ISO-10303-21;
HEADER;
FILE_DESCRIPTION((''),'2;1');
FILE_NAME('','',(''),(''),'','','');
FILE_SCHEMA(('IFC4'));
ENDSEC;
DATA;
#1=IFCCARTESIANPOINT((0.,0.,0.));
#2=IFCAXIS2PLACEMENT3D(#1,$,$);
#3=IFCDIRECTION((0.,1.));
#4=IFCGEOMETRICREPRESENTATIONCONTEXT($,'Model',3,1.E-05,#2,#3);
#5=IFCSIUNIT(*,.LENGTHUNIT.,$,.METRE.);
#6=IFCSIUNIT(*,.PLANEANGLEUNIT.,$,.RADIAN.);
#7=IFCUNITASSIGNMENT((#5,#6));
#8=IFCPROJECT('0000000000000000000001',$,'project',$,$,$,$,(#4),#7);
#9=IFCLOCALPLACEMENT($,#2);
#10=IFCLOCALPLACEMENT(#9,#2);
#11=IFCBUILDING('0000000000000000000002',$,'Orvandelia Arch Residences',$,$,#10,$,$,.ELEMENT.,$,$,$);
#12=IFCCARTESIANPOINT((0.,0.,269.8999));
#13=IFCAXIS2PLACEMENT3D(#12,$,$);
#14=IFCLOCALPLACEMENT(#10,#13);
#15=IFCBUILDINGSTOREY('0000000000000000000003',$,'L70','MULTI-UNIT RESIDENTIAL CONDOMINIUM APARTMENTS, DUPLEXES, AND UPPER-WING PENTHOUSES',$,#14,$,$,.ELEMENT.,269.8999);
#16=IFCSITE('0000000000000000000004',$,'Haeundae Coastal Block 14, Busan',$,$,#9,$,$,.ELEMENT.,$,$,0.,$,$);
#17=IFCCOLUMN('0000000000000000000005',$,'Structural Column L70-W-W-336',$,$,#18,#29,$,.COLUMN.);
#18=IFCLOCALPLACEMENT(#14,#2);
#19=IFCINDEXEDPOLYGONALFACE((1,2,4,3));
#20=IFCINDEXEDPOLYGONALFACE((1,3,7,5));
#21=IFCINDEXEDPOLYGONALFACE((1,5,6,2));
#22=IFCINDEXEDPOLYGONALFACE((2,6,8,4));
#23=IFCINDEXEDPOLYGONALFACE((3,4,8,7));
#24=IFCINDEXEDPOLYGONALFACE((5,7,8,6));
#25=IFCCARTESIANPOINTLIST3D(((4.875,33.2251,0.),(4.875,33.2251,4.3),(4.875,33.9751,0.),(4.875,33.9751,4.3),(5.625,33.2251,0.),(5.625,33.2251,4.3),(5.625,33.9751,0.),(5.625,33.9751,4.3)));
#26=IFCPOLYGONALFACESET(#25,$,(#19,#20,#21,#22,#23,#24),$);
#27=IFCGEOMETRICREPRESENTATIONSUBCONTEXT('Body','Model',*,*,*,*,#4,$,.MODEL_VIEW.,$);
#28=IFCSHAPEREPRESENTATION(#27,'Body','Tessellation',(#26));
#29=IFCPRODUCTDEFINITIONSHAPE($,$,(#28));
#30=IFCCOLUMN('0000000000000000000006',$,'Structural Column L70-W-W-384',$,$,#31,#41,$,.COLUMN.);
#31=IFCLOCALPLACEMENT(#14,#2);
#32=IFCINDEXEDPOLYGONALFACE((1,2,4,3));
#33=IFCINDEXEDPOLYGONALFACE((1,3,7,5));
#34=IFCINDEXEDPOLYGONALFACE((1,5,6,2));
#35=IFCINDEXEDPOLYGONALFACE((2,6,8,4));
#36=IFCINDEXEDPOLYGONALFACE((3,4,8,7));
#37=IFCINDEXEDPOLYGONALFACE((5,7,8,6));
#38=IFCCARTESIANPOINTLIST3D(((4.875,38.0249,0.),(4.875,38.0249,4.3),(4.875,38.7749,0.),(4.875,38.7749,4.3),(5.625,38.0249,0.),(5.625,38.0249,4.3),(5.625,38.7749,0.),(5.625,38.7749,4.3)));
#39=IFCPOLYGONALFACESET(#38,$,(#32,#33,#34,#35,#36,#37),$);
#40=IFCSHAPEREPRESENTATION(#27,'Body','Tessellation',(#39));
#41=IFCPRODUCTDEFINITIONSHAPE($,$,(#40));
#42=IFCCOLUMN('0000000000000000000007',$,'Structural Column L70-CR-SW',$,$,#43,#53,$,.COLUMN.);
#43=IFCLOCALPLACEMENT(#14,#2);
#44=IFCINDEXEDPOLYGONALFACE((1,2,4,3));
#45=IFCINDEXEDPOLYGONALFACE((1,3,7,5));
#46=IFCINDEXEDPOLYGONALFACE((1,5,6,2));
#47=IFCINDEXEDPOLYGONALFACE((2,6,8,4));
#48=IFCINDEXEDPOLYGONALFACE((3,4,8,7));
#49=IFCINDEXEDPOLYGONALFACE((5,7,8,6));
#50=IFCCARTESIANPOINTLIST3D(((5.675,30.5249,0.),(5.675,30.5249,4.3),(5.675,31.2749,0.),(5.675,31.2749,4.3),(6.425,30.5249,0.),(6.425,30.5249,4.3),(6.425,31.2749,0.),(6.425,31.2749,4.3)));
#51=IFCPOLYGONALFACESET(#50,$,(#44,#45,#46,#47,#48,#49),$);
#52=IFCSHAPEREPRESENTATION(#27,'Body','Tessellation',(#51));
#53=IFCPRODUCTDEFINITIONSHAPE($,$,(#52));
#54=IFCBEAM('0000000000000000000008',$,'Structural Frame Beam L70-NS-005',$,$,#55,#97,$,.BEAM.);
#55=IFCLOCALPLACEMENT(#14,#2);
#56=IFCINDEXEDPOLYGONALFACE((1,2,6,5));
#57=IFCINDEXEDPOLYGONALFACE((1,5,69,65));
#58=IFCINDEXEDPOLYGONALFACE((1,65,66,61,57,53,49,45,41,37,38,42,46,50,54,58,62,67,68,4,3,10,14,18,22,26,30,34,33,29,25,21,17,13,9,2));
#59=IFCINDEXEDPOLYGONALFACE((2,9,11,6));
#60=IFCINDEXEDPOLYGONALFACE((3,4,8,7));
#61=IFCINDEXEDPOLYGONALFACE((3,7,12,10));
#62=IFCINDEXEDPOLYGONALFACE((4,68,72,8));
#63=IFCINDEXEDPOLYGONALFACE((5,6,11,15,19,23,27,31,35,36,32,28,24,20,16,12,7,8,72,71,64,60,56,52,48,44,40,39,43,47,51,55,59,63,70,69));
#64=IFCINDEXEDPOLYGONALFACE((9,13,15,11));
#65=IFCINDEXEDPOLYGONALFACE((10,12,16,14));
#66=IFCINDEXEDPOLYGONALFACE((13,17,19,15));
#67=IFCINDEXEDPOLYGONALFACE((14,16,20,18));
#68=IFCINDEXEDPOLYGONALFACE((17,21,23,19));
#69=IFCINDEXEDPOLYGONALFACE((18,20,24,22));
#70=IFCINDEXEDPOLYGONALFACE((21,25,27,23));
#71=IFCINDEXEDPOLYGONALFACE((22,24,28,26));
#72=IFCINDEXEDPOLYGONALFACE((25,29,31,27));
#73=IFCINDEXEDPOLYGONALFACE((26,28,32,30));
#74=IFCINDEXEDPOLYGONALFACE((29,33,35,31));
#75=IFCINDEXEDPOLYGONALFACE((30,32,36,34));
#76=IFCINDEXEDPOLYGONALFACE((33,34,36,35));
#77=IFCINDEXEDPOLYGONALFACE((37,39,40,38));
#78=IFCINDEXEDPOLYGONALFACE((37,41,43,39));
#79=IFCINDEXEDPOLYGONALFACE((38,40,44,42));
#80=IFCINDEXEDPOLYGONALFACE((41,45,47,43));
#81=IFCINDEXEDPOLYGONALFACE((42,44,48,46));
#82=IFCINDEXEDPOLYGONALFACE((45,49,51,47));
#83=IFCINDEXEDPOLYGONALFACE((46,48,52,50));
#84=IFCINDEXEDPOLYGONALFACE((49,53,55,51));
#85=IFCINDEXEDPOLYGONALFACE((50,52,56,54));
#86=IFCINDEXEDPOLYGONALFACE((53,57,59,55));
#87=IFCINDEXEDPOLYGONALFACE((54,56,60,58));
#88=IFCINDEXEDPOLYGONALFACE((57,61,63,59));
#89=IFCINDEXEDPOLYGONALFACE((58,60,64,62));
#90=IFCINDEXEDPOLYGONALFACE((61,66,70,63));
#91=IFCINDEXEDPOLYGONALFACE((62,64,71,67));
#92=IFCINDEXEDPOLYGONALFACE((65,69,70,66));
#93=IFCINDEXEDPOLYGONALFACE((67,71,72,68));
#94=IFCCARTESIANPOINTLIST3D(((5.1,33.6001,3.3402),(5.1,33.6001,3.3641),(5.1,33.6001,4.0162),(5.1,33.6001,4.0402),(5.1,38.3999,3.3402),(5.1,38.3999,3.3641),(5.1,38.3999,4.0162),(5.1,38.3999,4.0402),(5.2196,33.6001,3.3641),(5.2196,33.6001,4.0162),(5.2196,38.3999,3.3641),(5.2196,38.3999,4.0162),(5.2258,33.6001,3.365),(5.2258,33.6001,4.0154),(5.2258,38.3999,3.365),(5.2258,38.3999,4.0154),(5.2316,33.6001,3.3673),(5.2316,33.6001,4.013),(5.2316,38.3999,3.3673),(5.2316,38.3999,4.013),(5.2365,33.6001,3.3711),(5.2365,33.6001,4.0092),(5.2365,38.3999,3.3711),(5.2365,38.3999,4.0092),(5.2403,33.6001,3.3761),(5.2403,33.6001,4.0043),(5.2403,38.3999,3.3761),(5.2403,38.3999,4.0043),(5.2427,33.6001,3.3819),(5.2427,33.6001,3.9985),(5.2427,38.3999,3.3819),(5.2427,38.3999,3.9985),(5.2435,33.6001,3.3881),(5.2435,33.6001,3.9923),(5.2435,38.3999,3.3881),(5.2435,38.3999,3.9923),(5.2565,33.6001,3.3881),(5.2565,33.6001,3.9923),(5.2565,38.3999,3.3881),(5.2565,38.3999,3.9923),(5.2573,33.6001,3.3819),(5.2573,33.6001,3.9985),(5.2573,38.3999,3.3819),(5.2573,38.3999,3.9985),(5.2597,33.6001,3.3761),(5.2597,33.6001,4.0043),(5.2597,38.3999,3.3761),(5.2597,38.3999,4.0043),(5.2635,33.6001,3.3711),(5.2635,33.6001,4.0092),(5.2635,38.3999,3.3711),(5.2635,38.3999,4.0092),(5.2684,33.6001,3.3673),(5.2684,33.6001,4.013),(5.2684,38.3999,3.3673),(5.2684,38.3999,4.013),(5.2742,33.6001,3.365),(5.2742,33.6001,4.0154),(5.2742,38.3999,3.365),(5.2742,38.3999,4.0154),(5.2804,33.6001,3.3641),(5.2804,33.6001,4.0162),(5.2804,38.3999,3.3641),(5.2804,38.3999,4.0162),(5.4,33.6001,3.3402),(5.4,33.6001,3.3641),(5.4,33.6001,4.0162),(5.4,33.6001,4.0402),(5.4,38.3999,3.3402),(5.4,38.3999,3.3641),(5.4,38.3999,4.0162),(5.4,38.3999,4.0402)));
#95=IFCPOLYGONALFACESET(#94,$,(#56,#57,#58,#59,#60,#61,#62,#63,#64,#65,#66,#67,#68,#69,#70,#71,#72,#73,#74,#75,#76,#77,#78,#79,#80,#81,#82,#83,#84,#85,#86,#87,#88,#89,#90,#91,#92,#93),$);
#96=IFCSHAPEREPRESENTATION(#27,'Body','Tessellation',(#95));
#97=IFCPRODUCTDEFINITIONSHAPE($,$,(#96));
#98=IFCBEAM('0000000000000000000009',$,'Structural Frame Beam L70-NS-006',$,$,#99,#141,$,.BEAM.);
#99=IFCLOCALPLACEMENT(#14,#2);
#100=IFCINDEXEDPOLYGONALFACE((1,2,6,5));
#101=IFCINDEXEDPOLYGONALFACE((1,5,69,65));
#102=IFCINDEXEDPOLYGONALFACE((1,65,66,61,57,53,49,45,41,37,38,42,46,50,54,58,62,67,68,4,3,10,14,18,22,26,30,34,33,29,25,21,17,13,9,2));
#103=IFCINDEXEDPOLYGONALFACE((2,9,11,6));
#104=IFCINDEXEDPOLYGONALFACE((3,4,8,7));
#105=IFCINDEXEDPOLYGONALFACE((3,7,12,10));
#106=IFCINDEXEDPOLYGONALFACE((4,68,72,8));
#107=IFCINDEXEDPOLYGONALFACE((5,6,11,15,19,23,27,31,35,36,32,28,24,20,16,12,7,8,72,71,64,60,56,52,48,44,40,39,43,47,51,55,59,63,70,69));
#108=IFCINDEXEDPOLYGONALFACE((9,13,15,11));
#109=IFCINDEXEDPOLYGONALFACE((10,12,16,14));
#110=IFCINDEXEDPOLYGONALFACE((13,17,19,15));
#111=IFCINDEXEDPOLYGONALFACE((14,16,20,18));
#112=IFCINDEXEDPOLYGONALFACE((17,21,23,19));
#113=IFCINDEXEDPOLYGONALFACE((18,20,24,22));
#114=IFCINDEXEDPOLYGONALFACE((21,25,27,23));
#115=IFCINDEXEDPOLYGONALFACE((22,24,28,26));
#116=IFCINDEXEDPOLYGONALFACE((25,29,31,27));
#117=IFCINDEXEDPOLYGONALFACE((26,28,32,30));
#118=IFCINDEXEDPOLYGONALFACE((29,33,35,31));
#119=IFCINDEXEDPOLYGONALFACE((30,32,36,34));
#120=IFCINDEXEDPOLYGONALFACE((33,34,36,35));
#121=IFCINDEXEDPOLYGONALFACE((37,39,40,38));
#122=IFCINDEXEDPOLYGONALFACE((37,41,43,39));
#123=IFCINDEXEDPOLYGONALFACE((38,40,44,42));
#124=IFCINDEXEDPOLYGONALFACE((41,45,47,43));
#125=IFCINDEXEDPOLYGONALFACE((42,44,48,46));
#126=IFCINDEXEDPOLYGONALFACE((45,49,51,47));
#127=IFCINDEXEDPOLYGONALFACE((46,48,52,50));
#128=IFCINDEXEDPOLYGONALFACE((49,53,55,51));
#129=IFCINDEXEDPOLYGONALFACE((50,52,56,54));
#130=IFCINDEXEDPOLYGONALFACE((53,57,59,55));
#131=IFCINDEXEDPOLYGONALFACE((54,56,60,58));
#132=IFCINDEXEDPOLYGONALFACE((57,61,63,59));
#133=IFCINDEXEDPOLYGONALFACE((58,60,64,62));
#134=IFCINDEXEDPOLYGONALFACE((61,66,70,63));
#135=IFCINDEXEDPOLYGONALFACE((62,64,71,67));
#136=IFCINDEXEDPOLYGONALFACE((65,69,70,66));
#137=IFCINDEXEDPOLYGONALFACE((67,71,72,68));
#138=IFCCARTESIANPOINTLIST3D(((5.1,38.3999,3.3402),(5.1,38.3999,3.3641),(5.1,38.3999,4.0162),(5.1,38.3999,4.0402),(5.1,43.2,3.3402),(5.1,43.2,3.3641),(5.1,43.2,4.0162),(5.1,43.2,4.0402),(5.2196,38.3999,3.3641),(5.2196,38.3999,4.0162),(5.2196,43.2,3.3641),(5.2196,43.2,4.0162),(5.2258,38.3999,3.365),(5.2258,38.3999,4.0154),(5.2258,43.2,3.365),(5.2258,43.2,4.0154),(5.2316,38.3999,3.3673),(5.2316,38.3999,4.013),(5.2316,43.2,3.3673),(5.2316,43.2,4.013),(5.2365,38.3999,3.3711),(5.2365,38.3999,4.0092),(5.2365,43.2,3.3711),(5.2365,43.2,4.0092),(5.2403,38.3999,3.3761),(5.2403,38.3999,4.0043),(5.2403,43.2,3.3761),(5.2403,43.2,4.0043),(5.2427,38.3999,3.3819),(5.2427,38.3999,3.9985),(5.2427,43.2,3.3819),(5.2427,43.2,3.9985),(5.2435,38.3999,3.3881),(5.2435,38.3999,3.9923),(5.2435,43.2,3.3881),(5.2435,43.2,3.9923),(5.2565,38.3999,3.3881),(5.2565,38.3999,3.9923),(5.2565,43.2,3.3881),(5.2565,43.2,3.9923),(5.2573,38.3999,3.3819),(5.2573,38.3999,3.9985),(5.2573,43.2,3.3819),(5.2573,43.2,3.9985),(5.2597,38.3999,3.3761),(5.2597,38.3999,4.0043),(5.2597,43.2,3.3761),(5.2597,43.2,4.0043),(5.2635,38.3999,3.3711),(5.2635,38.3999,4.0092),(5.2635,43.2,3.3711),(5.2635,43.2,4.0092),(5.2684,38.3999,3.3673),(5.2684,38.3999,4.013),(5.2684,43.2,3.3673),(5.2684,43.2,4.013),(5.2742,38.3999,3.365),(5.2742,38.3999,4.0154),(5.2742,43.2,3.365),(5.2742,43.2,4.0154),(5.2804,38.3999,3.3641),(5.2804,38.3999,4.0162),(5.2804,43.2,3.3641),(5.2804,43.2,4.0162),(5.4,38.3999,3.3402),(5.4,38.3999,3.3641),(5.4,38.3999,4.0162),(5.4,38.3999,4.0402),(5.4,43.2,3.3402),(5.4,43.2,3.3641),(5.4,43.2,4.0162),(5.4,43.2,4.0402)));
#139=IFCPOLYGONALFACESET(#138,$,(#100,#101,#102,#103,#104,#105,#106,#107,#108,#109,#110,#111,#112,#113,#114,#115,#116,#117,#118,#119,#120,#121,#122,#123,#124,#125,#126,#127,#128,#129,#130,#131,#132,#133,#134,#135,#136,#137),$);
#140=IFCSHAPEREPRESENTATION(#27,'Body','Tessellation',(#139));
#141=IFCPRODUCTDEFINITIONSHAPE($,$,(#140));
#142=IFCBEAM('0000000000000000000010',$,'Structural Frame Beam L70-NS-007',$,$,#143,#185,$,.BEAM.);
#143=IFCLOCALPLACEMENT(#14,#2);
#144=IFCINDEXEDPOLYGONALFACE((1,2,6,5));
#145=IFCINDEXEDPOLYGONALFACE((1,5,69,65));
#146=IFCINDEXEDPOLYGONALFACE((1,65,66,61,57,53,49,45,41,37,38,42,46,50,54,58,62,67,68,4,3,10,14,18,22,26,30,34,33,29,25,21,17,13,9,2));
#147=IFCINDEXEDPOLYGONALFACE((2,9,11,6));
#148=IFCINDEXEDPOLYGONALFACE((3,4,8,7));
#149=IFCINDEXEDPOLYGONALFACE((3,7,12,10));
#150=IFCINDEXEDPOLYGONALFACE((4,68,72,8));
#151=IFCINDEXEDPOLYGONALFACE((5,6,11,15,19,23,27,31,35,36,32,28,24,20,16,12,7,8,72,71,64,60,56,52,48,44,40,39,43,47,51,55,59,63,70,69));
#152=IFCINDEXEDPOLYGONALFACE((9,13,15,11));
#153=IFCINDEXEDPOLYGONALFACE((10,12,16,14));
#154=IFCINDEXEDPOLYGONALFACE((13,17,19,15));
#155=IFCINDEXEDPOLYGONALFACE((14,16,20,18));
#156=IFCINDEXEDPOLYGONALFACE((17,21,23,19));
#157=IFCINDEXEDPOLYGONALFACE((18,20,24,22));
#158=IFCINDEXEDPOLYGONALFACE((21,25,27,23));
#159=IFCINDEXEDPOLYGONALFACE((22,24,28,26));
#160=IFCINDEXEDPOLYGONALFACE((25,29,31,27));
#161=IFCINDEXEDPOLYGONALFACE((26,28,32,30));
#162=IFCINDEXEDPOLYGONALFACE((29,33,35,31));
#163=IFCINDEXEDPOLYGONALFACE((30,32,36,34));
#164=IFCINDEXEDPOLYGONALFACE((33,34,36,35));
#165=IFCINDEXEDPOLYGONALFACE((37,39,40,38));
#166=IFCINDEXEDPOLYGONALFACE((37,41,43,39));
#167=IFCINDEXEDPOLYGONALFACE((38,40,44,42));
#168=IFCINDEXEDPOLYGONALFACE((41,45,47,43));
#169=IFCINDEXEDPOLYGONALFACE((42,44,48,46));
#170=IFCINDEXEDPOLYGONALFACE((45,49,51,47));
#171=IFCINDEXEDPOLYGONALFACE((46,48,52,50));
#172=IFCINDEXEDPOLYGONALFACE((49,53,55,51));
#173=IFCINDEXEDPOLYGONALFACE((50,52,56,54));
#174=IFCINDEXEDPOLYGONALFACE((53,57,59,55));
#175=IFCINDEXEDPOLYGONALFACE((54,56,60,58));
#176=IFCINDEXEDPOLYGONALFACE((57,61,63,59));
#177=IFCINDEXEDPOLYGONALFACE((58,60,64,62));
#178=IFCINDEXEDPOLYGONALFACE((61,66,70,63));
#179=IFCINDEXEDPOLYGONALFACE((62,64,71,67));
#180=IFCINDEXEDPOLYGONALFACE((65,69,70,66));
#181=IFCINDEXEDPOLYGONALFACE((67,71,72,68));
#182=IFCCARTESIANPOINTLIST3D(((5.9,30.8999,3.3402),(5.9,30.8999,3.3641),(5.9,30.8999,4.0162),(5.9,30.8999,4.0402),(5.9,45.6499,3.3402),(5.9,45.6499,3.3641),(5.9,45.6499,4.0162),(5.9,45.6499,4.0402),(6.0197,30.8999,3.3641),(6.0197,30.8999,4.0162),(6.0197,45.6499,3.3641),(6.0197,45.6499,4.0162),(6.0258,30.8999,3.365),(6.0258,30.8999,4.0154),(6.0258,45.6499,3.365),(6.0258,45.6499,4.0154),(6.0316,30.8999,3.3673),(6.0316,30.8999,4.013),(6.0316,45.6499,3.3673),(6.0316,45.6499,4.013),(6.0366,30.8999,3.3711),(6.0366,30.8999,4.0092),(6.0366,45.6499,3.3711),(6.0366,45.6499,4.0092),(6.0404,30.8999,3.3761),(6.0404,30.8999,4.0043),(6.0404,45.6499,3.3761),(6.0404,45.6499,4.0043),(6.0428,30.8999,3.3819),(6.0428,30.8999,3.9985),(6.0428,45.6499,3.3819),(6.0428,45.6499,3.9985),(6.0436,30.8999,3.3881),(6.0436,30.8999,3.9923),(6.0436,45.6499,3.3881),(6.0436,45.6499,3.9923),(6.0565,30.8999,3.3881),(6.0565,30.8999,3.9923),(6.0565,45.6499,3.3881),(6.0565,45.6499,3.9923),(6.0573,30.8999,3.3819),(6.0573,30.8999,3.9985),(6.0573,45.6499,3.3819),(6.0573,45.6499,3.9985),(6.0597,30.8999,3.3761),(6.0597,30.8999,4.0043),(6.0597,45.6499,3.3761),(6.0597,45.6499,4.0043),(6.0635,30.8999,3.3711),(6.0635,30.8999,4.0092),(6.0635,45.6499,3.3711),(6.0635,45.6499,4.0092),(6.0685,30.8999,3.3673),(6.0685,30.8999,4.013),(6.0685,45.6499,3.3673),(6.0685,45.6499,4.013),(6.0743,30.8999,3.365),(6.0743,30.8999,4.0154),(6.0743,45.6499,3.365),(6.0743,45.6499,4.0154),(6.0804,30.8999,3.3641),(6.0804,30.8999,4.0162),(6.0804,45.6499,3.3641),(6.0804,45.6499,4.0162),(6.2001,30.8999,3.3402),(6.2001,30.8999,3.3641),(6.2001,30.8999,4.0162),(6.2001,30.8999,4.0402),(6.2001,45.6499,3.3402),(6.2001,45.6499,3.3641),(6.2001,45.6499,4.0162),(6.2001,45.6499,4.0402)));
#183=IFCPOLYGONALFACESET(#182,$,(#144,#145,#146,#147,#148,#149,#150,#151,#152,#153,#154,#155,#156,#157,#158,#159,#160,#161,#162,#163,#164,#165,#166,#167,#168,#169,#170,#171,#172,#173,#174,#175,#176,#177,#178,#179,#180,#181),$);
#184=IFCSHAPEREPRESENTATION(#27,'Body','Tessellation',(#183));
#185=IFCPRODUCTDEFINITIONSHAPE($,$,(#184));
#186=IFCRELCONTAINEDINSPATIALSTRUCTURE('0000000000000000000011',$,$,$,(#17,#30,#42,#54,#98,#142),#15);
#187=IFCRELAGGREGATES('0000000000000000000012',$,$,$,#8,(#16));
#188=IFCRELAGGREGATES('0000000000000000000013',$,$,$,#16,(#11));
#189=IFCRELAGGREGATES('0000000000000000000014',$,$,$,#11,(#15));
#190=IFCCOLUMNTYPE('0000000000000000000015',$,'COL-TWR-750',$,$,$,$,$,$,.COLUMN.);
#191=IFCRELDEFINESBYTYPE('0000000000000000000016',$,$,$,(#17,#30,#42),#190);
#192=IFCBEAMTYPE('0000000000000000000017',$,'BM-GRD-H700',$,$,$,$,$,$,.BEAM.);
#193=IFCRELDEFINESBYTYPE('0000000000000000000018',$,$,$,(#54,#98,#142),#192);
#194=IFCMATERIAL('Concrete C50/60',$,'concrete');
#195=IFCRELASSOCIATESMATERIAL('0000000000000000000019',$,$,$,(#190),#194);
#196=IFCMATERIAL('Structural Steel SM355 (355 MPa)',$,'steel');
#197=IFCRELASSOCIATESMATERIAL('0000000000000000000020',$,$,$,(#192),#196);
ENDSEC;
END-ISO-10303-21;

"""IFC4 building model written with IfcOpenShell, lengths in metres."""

from ifc_helpers import new_model, si_unit, direction, frame, origin, origin_2d, place, context, subcontext, project, spatial, rectangle, i_section, extrude, material, material_profile, profile_set, type_object, element, save


model = new_model("IFC4")

# Units and contexts
model_context = context("Model", 3, precision=1e-05, world=origin(), true_north=direction((0.0, 1.0)))
body_context = subcontext(model_context, "Body", "Model", "MODEL_VIEW")
ifc_project = project(units=[si_unit("LENGTHUNIT", "METRE"), si_unit("PLANEANGLEUNIT", "RADIAN")], contexts=[model_context])

# Site, building, storey
site_placement = place(None, origin())
site = spatial("IfcSite", under=ifc_project, at=site_placement, Name="Haeundae Coastal Block 14, Busan", CompositionType="ELEMENT", RefElevation=0.0)
building_placement = place(site_placement, origin())
building = spatial("IfcBuilding", under=site, at=building_placement, Name="Orvandelia Arch Residences", CompositionType="ELEMENT")
storey_placement = place(building_placement, frame((0.0, 0.0, 269.8999)))
storey = spatial("IfcBuildingStorey", under=building, at=storey_placement, Name="L70", Description="MULTI-UNIT RESIDENTIAL CONDOMINIUM APARTMENTS, DUPLEXES, AND UPPER-WING PENTHOUSES", CompositionType="ELEMENT", Elevation=269.8999)

# Columns
ifc_material_1 = material(Name="Concrete C50/60", Category="concrete")
ifc_material_profile_1 = material_profile(ifc_material_1, rectangle(XDim=0.75, YDim=0.75, at=origin_2d()), Name="Concrete C50/60", Category="concrete")
ifc_profile_set_1 = profile_set([ifc_material_profile_1], Name="Concrete C50/60")
column_type = type_object("IfcColumnType", Name="COL-TWR-750", PredefinedType="COLUMN", material=ifc_profile_set_1)
for number, where, z_axis, x_axis, name in (
    (1, (5.25, 33.6001, 0.0), (0.0, 0.0, 1.0), (1.0, 0.0, 0.0), "Structural Column L70-W-W-336"),
    (2, (5.25, 38.3999, 0.0), (0.0, 0.0, 1.0), (1.0, 0.0, 0.0), "Structural Column L70-W-W-384"),
    (3, (6.05, 30.8999, 0.0), (0.0, 0.0, 1.0), (1.0, 0.0, 0.0), "Structural Column L70-CR-SW"),
):
    element("IfcColumn", number, at=place(storey_placement, frame(where, z_axis=z_axis, x_axis=x_axis)), inside=storey, type_object=column_type, Name=name, PredefinedType="COLUMN", context=body_context, shape_type="SweptSolid", body=[
        extrude(rectangle(XDim=0.75, YDim=0.75, at=origin_2d()), origin(), (0.0, 0.0, 1.0), 4.3),
    ])

# Beams
ifc_material_2 = material(Name="Structural Steel SM355 (355 MPa)", Category="steel")
ifc_material_profile_2 = material_profile(ifc_material_2, i_section(OverallWidth=0.3, OverallDepth=0.7, WebThickness=0.0129, FlangeThickness=0.0239, FilletRadius=0.0239, at=origin_2d()), Name="Structural Steel SM355 (355 MPa)", Category="steel")
ifc_profile_set_2 = profile_set([ifc_material_profile_2], Name="Structural Steel SM355 (355 MPa)")
beam_type = type_object("IfcBeamType", Name="BM-GRD-H700", PredefinedType="BEAM", material=ifc_profile_set_2)
beam_1_placement = place(storey_placement, frame((5.25, 33.6001, 3.6902), z_axis=(0.0, 1.0, 0.0), x_axis=(-1.0, 0.0, 0.0)))
element("IfcBeam", 4, at=beam_1_placement, inside=storey, type_object=beam_type, Name="Structural Frame Beam L70-NS-005", PredefinedType="BEAM", context=body_context, shape_type="SweptSolid", body=[
    extrude(i_section(OverallWidth=0.3, OverallDepth=0.7, WebThickness=0.0129, FlangeThickness=0.0239, FilletRadius=0.0239, at=origin_2d()), origin(), (0.0, 0.0, 1.0), 4.7998),
])
beam_2_placement = place(storey_placement, frame((5.25, 38.3999, 3.6902), z_axis=(0.0, 1.0, 0.0), x_axis=(-1.0, 0.0, 0.0)))
element("IfcBeam", 5, at=beam_2_placement, inside=storey, type_object=beam_type, Name="Structural Frame Beam L70-NS-006", PredefinedType="BEAM", context=body_context, shape_type="SweptSolid", body=[
    extrude(i_section(OverallWidth=0.3, OverallDepth=0.7, WebThickness=0.0129, FlangeThickness=0.0239, FilletRadius=0.0239, at=origin_2d()), origin(), (0.0, 0.0, 1.0), 4.8),
])
beam_3_placement = place(storey_placement, frame((6.05, 30.8999, 3.6902), z_axis=(0.0, 1.0, 0.0), x_axis=(-1.0, 0.0, 0.0)))
element("IfcBeam", 6, at=beam_3_placement, inside=storey, type_object=beam_type, Name="Structural Frame Beam L70-NS-007", PredefinedType="BEAM", context=body_context, shape_type="SweptSolid", body=[
    extrude(i_section(OverallWidth=0.3, OverallDepth=0.7, WebThickness=0.0129, FlangeThickness=0.0239, FilletRadius=0.0239, at=origin_2d()), origin(), (0.0, 0.0, 1.0), 14.75),
])

save(model, "model.ifc")
